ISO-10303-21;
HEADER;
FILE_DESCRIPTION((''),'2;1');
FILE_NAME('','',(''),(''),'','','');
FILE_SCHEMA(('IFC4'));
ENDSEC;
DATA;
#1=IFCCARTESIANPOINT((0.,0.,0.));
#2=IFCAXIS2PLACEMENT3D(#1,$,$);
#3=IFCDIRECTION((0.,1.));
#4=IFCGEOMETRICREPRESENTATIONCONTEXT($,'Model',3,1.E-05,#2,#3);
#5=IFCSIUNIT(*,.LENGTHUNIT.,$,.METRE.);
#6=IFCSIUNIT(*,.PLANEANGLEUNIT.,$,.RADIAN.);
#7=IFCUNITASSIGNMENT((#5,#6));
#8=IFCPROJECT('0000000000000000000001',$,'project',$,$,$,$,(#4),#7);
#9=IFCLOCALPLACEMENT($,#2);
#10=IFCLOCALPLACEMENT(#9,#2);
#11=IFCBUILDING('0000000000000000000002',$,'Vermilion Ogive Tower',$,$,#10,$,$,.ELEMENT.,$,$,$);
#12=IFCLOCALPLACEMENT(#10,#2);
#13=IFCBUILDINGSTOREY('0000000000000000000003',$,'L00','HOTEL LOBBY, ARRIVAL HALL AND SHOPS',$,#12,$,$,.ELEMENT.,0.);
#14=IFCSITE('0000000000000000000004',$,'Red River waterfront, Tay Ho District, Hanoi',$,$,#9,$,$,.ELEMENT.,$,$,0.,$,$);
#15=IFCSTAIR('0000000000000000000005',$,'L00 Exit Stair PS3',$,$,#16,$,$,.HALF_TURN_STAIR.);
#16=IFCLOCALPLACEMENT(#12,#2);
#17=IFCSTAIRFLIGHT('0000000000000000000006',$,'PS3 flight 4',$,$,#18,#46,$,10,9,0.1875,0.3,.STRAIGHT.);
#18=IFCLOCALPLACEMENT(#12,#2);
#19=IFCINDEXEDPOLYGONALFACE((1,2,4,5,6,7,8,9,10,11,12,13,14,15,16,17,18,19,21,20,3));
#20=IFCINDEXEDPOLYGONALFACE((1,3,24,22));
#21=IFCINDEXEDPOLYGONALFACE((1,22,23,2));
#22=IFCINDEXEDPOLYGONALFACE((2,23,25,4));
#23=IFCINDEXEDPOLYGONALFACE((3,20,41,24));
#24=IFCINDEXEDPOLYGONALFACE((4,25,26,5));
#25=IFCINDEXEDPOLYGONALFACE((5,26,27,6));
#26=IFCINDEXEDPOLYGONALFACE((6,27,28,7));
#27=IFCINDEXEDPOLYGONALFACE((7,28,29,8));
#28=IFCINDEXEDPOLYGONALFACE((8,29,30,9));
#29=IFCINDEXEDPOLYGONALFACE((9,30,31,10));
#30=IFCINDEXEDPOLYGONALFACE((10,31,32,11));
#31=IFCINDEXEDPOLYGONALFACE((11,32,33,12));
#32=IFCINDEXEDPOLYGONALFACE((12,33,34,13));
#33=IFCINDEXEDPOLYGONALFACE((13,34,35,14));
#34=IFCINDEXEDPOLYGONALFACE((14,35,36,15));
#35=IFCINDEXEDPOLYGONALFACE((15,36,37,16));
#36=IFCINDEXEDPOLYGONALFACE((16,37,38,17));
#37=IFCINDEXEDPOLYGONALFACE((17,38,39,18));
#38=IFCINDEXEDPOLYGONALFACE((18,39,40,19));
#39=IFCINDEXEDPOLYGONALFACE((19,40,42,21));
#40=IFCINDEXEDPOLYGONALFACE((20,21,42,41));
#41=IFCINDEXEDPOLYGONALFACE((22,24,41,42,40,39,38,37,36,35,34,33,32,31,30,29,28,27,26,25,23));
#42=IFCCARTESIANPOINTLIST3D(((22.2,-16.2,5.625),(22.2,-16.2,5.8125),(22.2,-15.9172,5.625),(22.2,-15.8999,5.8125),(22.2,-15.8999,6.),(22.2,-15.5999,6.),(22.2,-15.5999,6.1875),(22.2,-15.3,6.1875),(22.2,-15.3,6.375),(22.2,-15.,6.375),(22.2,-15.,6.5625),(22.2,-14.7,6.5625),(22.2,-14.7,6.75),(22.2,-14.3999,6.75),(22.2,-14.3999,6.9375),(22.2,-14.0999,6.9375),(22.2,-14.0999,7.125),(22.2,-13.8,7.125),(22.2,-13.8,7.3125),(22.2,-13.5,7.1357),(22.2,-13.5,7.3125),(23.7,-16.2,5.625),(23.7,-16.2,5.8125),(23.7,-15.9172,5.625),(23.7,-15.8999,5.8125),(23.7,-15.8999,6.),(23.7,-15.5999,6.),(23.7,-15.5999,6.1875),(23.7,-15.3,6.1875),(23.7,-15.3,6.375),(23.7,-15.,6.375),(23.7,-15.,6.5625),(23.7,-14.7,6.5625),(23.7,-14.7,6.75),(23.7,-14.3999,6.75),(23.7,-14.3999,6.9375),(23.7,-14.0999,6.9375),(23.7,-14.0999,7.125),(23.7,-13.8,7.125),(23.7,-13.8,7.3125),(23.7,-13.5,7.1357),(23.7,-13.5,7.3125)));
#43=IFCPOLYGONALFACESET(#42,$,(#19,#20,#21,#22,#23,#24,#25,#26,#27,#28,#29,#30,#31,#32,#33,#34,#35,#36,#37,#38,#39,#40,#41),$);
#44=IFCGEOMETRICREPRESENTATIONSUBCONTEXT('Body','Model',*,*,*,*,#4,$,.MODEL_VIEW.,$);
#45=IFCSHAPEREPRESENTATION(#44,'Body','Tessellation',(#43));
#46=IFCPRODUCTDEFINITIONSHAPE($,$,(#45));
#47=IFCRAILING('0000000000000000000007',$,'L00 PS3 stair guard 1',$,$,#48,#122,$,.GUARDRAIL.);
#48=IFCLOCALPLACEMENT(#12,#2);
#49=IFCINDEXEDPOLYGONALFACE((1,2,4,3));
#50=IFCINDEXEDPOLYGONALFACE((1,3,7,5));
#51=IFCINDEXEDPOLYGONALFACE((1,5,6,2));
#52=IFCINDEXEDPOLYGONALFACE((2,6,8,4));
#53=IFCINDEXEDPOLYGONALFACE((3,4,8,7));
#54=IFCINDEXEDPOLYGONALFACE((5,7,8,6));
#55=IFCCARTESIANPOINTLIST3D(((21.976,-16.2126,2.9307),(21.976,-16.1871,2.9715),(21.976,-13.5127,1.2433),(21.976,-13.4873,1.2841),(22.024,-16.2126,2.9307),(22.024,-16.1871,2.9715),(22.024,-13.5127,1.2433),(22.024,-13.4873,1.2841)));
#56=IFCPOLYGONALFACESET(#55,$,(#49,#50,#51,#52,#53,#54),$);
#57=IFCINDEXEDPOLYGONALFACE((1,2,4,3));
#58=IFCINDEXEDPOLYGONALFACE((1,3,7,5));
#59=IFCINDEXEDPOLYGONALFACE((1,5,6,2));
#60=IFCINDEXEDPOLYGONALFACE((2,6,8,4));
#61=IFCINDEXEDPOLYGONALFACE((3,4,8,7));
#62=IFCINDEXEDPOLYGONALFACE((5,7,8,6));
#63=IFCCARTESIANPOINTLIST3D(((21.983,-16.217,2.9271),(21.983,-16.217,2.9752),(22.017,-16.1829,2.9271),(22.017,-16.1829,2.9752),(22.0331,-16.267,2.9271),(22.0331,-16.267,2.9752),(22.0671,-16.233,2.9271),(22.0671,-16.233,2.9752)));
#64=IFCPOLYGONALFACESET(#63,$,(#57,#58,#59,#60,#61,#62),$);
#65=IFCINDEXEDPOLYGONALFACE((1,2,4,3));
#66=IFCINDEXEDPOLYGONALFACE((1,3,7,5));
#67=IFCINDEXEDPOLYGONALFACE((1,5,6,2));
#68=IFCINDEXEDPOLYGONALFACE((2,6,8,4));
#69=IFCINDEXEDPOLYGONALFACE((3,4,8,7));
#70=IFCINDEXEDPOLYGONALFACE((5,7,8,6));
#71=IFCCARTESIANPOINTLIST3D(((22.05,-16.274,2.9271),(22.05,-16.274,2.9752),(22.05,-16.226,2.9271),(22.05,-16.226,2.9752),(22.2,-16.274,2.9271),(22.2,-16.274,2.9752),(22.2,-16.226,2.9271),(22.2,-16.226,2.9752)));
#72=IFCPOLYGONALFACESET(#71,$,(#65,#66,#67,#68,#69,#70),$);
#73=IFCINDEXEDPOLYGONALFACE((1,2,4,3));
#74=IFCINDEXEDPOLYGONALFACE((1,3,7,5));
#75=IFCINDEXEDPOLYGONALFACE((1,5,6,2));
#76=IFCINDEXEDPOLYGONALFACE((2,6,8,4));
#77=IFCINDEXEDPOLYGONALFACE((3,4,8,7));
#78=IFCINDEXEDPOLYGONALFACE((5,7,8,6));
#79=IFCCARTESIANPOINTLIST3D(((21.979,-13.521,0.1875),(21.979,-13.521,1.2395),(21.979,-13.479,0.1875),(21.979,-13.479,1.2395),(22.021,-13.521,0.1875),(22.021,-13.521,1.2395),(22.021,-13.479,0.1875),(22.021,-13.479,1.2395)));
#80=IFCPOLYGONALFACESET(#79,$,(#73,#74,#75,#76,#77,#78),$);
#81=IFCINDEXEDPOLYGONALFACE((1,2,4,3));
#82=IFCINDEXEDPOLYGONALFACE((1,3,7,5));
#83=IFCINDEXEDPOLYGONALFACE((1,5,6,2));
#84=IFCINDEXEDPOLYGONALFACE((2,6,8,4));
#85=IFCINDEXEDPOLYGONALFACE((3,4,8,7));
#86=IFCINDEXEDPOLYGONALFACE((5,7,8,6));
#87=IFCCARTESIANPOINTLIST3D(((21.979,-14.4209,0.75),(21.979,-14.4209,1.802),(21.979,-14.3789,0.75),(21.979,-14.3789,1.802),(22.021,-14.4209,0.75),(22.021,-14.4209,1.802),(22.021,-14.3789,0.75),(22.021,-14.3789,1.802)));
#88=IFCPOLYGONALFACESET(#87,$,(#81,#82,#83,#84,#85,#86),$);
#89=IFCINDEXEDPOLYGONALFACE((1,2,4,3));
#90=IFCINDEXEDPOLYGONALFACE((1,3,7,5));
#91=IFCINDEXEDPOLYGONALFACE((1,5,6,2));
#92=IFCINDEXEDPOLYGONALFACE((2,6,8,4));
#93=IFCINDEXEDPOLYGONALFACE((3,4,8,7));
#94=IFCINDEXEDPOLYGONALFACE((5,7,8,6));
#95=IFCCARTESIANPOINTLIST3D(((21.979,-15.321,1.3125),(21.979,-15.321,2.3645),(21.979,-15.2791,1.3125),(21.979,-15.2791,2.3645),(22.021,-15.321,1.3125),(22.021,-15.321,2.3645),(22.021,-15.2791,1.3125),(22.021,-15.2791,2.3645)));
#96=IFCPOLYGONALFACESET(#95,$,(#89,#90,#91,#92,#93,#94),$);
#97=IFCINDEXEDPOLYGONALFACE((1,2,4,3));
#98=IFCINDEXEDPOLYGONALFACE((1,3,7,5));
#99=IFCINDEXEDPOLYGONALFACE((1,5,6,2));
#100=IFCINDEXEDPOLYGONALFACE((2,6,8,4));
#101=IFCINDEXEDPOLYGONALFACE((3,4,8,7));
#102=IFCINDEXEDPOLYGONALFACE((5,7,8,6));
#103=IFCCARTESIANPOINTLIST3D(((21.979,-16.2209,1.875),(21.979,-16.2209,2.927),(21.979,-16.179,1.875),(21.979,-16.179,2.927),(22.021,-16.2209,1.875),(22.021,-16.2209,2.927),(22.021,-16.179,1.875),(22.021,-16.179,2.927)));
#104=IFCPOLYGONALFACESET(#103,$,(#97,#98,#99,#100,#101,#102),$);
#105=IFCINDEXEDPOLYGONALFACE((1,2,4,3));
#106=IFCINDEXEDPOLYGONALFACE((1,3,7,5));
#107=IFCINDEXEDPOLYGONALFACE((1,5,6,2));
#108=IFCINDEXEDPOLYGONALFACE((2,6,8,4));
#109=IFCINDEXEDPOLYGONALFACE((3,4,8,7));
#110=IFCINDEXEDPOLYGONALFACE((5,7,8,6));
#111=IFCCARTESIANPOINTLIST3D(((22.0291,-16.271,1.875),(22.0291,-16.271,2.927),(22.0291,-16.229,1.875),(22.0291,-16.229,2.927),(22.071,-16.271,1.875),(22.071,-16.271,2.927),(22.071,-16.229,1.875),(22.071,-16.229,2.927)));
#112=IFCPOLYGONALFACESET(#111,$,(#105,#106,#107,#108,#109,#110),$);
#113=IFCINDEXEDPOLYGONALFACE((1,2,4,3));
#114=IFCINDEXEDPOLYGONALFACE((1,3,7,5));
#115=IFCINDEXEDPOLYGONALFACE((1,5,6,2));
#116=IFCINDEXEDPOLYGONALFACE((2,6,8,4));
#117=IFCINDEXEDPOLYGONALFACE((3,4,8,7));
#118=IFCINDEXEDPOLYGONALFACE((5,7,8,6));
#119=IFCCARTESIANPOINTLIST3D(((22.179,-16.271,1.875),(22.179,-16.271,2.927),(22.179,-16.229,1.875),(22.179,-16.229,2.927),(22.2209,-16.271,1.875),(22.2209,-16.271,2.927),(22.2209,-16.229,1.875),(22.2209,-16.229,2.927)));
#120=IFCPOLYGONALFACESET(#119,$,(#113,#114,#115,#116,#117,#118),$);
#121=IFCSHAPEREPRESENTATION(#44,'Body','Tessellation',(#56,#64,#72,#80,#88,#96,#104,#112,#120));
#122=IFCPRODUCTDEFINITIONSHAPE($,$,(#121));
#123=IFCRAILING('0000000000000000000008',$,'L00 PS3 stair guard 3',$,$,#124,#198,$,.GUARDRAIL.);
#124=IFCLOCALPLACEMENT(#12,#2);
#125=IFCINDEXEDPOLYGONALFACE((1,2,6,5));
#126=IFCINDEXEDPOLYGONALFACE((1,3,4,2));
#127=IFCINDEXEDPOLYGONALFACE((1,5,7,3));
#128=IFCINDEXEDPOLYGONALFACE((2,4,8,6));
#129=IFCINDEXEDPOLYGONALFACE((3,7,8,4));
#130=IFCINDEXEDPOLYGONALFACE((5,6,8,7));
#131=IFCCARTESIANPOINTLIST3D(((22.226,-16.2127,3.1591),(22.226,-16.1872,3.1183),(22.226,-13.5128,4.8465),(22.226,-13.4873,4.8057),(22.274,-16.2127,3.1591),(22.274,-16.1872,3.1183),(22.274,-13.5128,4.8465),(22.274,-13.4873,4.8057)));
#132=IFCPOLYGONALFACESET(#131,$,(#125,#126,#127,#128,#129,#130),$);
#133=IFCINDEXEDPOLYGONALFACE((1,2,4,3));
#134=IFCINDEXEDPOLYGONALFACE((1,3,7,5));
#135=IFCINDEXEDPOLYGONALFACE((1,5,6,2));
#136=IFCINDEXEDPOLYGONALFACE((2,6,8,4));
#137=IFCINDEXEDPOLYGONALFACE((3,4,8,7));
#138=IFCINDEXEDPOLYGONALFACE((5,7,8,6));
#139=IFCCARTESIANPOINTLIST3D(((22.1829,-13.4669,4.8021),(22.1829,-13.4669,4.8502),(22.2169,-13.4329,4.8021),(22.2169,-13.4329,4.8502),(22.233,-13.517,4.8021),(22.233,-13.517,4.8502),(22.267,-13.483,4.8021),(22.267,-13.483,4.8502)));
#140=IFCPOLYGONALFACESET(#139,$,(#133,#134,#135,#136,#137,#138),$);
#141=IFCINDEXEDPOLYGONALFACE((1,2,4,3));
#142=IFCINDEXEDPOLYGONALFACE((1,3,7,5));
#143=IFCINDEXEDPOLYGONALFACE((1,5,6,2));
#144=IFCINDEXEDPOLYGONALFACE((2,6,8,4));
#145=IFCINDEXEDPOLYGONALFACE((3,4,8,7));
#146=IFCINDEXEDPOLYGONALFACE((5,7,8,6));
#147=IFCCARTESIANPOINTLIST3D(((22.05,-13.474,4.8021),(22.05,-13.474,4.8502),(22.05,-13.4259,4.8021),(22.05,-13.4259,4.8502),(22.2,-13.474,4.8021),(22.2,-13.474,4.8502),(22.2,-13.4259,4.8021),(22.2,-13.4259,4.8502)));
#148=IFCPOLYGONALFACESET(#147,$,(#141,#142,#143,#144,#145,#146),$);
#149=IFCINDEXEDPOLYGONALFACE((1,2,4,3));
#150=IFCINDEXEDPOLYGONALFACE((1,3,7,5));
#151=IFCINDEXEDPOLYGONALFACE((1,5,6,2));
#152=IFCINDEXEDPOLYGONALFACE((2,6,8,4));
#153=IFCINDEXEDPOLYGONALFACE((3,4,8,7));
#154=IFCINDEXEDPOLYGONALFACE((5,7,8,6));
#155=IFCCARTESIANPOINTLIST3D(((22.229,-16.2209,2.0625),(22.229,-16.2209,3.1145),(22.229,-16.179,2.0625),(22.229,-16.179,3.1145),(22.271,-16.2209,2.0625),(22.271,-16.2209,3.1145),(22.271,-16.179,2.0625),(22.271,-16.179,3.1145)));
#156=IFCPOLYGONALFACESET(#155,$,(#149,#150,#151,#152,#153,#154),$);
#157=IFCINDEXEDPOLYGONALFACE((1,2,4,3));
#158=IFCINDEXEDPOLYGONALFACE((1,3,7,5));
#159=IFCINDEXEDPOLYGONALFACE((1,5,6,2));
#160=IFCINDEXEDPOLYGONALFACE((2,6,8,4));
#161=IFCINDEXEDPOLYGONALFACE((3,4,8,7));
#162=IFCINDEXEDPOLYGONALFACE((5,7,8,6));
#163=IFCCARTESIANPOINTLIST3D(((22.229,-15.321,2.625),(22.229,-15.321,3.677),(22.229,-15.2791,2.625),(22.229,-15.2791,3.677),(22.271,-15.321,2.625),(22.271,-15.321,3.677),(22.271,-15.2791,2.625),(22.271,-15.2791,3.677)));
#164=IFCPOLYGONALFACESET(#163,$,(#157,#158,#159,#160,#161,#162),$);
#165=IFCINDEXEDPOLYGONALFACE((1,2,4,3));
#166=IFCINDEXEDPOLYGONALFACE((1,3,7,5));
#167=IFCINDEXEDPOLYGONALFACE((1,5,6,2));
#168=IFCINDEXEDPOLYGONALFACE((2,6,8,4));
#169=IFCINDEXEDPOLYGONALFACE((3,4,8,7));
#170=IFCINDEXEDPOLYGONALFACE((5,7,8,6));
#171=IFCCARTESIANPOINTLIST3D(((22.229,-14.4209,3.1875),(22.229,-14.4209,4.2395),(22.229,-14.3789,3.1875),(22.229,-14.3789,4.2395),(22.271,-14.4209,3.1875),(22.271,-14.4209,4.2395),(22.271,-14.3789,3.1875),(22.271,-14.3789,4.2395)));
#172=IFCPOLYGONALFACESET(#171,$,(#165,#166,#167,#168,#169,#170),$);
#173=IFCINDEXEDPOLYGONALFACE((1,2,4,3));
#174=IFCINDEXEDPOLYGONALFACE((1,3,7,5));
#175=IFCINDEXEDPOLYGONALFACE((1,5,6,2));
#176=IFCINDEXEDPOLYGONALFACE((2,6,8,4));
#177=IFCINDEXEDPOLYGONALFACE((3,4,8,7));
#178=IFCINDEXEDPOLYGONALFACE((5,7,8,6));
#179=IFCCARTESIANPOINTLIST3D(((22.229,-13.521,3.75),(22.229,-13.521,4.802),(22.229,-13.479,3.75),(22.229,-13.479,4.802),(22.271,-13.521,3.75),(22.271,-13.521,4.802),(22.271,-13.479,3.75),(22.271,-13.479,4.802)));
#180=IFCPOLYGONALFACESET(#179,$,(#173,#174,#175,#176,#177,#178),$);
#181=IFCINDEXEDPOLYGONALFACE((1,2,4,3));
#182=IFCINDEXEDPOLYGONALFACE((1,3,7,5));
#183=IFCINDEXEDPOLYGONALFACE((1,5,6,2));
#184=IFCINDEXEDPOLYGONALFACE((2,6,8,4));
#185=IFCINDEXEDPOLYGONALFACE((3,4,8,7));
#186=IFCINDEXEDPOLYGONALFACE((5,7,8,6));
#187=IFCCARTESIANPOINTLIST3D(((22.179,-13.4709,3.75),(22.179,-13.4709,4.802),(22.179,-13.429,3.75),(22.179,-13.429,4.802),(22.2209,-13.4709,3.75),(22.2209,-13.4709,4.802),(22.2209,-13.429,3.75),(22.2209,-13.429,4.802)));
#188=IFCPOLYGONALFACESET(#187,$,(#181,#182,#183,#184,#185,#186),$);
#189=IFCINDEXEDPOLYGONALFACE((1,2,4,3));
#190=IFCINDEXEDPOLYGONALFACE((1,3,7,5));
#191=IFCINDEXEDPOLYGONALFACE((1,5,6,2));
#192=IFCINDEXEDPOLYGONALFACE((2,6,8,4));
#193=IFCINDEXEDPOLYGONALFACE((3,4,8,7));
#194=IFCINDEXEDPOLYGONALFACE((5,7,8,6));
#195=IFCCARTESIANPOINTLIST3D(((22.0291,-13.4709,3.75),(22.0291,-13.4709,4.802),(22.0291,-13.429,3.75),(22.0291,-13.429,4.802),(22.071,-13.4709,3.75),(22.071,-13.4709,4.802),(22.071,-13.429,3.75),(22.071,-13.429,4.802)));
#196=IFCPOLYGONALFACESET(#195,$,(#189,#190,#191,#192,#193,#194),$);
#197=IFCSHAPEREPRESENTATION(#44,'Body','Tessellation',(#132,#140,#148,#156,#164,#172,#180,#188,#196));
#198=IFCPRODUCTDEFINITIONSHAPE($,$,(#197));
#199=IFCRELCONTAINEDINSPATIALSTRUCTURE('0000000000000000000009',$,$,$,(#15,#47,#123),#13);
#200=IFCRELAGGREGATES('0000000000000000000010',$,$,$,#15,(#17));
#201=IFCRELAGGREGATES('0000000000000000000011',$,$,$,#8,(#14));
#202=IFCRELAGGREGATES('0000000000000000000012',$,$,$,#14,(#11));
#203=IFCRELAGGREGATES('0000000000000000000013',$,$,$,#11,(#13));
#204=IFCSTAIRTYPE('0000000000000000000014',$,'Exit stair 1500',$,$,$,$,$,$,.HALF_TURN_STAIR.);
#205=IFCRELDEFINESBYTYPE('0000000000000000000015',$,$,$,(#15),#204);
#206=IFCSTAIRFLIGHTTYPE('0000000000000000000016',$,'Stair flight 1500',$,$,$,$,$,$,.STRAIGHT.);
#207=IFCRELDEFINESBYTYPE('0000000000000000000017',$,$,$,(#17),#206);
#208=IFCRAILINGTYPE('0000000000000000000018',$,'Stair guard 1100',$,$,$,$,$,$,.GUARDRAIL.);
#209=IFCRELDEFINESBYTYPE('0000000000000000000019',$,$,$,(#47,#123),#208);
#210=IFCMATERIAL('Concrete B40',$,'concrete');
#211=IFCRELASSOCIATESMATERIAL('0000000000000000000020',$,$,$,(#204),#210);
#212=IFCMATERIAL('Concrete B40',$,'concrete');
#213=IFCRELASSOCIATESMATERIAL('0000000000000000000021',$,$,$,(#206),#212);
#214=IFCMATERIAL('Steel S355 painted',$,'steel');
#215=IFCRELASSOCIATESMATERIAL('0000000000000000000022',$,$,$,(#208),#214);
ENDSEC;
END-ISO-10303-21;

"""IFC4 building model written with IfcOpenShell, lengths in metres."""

from ifc_helpers import new_model, si_unit, direction, frame, origin, origin_2d, place, context, subcontext, project, spatial, polyline, rectangle, outline, extrude, material, type_object, element, aggregate, save


model = new_model("IFC4")

# Units and contexts
model_context = context("Model", 3, precision=1e-05, world=origin(), true_north=direction((0.0, 1.0)))
body_context = subcontext(model_context, "Body", "Model", "MODEL_VIEW")
ifc_project = project(units=[si_unit("LENGTHUNIT", "METRE"), si_unit("PLANEANGLEUNIT", "RADIAN")], contexts=[model_context])

# Site, building, storey
site_placement = place(None, origin())
site = spatial("IfcSite", under=ifc_project, at=site_placement, Name="Red River waterfront, Tay Ho District, Hanoi", CompositionType="ELEMENT", RefElevation=0.0)
building_placement = place(site_placement, origin())
building = spatial("IfcBuilding", under=site, at=building_placement, Name="Vermilion Ogive Tower", CompositionType="ELEMENT")
storey_placement = place(building_placement, origin())
storey = spatial("IfcBuildingStorey", under=building, at=storey_placement, Name="L00", Description="HOTEL LOBBY, ARRIVAL HALL AND SHOPS", CompositionType="ELEMENT", Elevation=0.0)

# Stair, stair flight
ifc_material_1 = material(Name="Concrete B40", Category="concrete")
stair_type = type_object("IfcStairType", Name="Exit stair 1500", PredefinedType="HALF_TURN_STAIR", material=ifc_material_1)
stair_placement = place(storey_placement, origin())
stair = element("IfcStair", 1, at=stair_placement, inside=storey, type_object=stair_type, Name="L00 Exit Stair PS3", PredefinedType="HALF_TURN_STAIR")
ifc_material_2 = material(Name="Concrete B40", Category="concrete")
stair_flight_type = type_object("IfcStairFlightType", Name="Stair flight 1500", PredefinedType="STRAIGHT", material=ifc_material_2)
stair_flight_1_placement = place(storey_placement, frame((22.95, -16.2, 5.625), z_axis=(0.0, 0.0, 1.0), x_axis=(0.0, 1.0, 0.0)))
stair_flight_1 = element("IfcStairFlight", 2, at=stair_flight_1_placement, type_object=stair_flight_type, Name="PS3 flight 4", NumberOfRisers=10, NumberOfTreads=9, PredefinedType="STRAIGHT", RiserHeight=0.1875, TreadLength=0.3, context=body_context, shape_type="SweptSolid", body=[
    extrude(outline(polyline([(0.0, 0.0), (0.0, 0.1875), (0.3, 0.1875), (0.3, 0.375), (0.6001, 0.375), (0.6001, 0.5625), (0.8999, 0.5625), (0.8999, 0.75), (1.2, 0.75), (1.2, 0.9375), (1.5, 0.9375), (1.5, 1.125), (1.8, 1.125), (1.8, 1.3125), (2.1001, 1.3125), (2.1001, 1.5), (2.3999, 1.5), (2.3999, 1.6875), (2.7, 1.6875), (2.7, 1.875), (2.7, 1.5107), (0.2827, 0.0), (0.0, 0.0)])), frame((0.0, 0.75, 0.0), z_axis=(0.0, -1.0, 0.0), x_axis=(1.0, 0.0, 0.0)), (0.0, 0.0, 1.0), 1.5),
])
aggregate(stair, [stair_flight_1])

# Railings
ifc_material_3 = material(Name="Steel S355 painted", Category="steel")
railing_type_1 = type_object("IfcRailingType", Name="Stair guard 1100", PredefinedType="GUARDRAIL", material=ifc_material_3)
railing_1_placement = place(storey_placement, frame((22.0, -13.5, 0.1875)))
element("IfcRailing", 3, at=railing_1_placement, inside=storey, type_object=railing_type_1, Name="L00 PS3 stair guard 1", PredefinedType="GUARDRAIL", context=body_context, shape_type="SweptSolid", body=[
    extrude(rectangle(XDim=0.0481, YDim=0.0481, at=origin_2d()), frame((0.0, 0.0, 1.0762), z_axis=(0.0, -0.847994, 0.530006), x_axis=(1.0, 0.0, 0.0)), (0.0, 0.0, 1.0), 3.1838),
    extrude(rectangle(XDim=0.0481, YDim=0.0481, at=origin_2d()), frame((0.0, -2.7, 2.7637), z_axis=(0.707107, -0.707107, 0.0), x_axis=(0.707107, 0.707107, 0.0)), (0.0, 0.0, 1.0), 0.0708),
    extrude(rectangle(XDim=0.0481, YDim=0.0481, at=origin_2d()), frame((0.05, -2.75, 2.7637), z_axis=(1.0, 0.0, 0.0), x_axis=(0.0, 1.0, 0.0)), (0.0, 0.0, 1.0), 0.1499),
    extrude(rectangle(XDim=0.042, YDim=0.042, at=origin_2d()), origin(), (0.0, 0.0, 1.0), 1.052),
    extrude(rectangle(XDim=0.042, YDim=0.042, at=origin_2d()), frame((0.0, -0.8999, 0.5625)), (0.0, 0.0, 1.0), 1.052),
    extrude(rectangle(XDim=0.042, YDim=0.042, at=origin_2d()), frame((0.0, -1.8, 1.125)), (0.0, 0.0, 1.0), 1.052),
    extrude(rectangle(XDim=0.042, YDim=0.042, at=origin_2d()), frame((0.0, -2.7, 1.6875)), (0.0, 0.0, 1.0), 1.052),
    extrude(rectangle(XDim=0.042, YDim=0.042, at=origin_2d()), frame((0.05, -2.75, 1.6875)), (0.0, 0.0, 1.0), 1.052),
    extrude(rectangle(XDim=0.042, YDim=0.042, at=origin_2d()), frame((0.2, -2.75, 1.6875)), (0.0, 0.0, 1.0), 1.052),
])
railing_2_placement = place(storey_placement, frame((22.25, -16.2, 2.0625)))
element("IfcRailing", 4, at=railing_2_placement, inside=storey, type_object=railing_type_1, Name="L00 PS3 stair guard 3", PredefinedType="GUARDRAIL", context=body_context, shape_type="SweptSolid", body=[
    extrude(rectangle(XDim=0.0481, YDim=0.0481, at=origin_2d()), frame((0.0, 0.0, 1.0762), z_axis=(0.0, 0.847994, 0.530006), x_axis=(-1.0, 0.0, 0.0)), (0.0, 0.0, 1.0), 3.1838),
    extrude(rectangle(XDim=0.0481, YDim=0.0481, at=origin_2d()), frame((0.0, 2.7, 2.7637), z_axis=(-0.707107, 0.707107, 0.0), x_axis=(-0.707107, -0.707107, 0.0)), (0.0, 0.0, 1.0), 0.0708),
    extrude(rectangle(XDim=0.0481, YDim=0.0481, at=origin_2d()), frame((-0.05, 2.75, 2.7637), z_axis=(-1.0, 0.0, 0.0), x_axis=(0.0, -1.0, 0.0)), (0.0, 0.0, 1.0), 0.1499),
    extrude(rectangle(XDim=0.042, YDim=0.042, at=origin_2d()), origin(), (0.0, 0.0, 1.0), 1.052),
    extrude(rectangle(XDim=0.042, YDim=0.042, at=origin_2d()), frame((0.0, 0.8999, 0.5625)), (0.0, 0.0, 1.0), 1.052),
    extrude(rectangle(XDim=0.042, YDim=0.042, at=origin_2d()), frame((0.0, 1.8, 1.125)), (0.0, 0.0, 1.0), 1.052),
    extrude(rectangle(XDim=0.042, YDim=0.042, at=origin_2d()), frame((0.0, 2.7, 1.6875)), (0.0, 0.0, 1.0), 1.052),
    extrude(rectangle(XDim=0.042, YDim=0.042, at=origin_2d()), frame((-0.05, 2.75, 1.6875)), (0.0, 0.0, 1.0), 1.052),
    extrude(rectangle(XDim=0.042, YDim=0.042, at=origin_2d()), frame((-0.2, 2.75, 1.6875)), (0.0, 0.0, 1.0), 1.052),
])

save(model, "model.ifc")
